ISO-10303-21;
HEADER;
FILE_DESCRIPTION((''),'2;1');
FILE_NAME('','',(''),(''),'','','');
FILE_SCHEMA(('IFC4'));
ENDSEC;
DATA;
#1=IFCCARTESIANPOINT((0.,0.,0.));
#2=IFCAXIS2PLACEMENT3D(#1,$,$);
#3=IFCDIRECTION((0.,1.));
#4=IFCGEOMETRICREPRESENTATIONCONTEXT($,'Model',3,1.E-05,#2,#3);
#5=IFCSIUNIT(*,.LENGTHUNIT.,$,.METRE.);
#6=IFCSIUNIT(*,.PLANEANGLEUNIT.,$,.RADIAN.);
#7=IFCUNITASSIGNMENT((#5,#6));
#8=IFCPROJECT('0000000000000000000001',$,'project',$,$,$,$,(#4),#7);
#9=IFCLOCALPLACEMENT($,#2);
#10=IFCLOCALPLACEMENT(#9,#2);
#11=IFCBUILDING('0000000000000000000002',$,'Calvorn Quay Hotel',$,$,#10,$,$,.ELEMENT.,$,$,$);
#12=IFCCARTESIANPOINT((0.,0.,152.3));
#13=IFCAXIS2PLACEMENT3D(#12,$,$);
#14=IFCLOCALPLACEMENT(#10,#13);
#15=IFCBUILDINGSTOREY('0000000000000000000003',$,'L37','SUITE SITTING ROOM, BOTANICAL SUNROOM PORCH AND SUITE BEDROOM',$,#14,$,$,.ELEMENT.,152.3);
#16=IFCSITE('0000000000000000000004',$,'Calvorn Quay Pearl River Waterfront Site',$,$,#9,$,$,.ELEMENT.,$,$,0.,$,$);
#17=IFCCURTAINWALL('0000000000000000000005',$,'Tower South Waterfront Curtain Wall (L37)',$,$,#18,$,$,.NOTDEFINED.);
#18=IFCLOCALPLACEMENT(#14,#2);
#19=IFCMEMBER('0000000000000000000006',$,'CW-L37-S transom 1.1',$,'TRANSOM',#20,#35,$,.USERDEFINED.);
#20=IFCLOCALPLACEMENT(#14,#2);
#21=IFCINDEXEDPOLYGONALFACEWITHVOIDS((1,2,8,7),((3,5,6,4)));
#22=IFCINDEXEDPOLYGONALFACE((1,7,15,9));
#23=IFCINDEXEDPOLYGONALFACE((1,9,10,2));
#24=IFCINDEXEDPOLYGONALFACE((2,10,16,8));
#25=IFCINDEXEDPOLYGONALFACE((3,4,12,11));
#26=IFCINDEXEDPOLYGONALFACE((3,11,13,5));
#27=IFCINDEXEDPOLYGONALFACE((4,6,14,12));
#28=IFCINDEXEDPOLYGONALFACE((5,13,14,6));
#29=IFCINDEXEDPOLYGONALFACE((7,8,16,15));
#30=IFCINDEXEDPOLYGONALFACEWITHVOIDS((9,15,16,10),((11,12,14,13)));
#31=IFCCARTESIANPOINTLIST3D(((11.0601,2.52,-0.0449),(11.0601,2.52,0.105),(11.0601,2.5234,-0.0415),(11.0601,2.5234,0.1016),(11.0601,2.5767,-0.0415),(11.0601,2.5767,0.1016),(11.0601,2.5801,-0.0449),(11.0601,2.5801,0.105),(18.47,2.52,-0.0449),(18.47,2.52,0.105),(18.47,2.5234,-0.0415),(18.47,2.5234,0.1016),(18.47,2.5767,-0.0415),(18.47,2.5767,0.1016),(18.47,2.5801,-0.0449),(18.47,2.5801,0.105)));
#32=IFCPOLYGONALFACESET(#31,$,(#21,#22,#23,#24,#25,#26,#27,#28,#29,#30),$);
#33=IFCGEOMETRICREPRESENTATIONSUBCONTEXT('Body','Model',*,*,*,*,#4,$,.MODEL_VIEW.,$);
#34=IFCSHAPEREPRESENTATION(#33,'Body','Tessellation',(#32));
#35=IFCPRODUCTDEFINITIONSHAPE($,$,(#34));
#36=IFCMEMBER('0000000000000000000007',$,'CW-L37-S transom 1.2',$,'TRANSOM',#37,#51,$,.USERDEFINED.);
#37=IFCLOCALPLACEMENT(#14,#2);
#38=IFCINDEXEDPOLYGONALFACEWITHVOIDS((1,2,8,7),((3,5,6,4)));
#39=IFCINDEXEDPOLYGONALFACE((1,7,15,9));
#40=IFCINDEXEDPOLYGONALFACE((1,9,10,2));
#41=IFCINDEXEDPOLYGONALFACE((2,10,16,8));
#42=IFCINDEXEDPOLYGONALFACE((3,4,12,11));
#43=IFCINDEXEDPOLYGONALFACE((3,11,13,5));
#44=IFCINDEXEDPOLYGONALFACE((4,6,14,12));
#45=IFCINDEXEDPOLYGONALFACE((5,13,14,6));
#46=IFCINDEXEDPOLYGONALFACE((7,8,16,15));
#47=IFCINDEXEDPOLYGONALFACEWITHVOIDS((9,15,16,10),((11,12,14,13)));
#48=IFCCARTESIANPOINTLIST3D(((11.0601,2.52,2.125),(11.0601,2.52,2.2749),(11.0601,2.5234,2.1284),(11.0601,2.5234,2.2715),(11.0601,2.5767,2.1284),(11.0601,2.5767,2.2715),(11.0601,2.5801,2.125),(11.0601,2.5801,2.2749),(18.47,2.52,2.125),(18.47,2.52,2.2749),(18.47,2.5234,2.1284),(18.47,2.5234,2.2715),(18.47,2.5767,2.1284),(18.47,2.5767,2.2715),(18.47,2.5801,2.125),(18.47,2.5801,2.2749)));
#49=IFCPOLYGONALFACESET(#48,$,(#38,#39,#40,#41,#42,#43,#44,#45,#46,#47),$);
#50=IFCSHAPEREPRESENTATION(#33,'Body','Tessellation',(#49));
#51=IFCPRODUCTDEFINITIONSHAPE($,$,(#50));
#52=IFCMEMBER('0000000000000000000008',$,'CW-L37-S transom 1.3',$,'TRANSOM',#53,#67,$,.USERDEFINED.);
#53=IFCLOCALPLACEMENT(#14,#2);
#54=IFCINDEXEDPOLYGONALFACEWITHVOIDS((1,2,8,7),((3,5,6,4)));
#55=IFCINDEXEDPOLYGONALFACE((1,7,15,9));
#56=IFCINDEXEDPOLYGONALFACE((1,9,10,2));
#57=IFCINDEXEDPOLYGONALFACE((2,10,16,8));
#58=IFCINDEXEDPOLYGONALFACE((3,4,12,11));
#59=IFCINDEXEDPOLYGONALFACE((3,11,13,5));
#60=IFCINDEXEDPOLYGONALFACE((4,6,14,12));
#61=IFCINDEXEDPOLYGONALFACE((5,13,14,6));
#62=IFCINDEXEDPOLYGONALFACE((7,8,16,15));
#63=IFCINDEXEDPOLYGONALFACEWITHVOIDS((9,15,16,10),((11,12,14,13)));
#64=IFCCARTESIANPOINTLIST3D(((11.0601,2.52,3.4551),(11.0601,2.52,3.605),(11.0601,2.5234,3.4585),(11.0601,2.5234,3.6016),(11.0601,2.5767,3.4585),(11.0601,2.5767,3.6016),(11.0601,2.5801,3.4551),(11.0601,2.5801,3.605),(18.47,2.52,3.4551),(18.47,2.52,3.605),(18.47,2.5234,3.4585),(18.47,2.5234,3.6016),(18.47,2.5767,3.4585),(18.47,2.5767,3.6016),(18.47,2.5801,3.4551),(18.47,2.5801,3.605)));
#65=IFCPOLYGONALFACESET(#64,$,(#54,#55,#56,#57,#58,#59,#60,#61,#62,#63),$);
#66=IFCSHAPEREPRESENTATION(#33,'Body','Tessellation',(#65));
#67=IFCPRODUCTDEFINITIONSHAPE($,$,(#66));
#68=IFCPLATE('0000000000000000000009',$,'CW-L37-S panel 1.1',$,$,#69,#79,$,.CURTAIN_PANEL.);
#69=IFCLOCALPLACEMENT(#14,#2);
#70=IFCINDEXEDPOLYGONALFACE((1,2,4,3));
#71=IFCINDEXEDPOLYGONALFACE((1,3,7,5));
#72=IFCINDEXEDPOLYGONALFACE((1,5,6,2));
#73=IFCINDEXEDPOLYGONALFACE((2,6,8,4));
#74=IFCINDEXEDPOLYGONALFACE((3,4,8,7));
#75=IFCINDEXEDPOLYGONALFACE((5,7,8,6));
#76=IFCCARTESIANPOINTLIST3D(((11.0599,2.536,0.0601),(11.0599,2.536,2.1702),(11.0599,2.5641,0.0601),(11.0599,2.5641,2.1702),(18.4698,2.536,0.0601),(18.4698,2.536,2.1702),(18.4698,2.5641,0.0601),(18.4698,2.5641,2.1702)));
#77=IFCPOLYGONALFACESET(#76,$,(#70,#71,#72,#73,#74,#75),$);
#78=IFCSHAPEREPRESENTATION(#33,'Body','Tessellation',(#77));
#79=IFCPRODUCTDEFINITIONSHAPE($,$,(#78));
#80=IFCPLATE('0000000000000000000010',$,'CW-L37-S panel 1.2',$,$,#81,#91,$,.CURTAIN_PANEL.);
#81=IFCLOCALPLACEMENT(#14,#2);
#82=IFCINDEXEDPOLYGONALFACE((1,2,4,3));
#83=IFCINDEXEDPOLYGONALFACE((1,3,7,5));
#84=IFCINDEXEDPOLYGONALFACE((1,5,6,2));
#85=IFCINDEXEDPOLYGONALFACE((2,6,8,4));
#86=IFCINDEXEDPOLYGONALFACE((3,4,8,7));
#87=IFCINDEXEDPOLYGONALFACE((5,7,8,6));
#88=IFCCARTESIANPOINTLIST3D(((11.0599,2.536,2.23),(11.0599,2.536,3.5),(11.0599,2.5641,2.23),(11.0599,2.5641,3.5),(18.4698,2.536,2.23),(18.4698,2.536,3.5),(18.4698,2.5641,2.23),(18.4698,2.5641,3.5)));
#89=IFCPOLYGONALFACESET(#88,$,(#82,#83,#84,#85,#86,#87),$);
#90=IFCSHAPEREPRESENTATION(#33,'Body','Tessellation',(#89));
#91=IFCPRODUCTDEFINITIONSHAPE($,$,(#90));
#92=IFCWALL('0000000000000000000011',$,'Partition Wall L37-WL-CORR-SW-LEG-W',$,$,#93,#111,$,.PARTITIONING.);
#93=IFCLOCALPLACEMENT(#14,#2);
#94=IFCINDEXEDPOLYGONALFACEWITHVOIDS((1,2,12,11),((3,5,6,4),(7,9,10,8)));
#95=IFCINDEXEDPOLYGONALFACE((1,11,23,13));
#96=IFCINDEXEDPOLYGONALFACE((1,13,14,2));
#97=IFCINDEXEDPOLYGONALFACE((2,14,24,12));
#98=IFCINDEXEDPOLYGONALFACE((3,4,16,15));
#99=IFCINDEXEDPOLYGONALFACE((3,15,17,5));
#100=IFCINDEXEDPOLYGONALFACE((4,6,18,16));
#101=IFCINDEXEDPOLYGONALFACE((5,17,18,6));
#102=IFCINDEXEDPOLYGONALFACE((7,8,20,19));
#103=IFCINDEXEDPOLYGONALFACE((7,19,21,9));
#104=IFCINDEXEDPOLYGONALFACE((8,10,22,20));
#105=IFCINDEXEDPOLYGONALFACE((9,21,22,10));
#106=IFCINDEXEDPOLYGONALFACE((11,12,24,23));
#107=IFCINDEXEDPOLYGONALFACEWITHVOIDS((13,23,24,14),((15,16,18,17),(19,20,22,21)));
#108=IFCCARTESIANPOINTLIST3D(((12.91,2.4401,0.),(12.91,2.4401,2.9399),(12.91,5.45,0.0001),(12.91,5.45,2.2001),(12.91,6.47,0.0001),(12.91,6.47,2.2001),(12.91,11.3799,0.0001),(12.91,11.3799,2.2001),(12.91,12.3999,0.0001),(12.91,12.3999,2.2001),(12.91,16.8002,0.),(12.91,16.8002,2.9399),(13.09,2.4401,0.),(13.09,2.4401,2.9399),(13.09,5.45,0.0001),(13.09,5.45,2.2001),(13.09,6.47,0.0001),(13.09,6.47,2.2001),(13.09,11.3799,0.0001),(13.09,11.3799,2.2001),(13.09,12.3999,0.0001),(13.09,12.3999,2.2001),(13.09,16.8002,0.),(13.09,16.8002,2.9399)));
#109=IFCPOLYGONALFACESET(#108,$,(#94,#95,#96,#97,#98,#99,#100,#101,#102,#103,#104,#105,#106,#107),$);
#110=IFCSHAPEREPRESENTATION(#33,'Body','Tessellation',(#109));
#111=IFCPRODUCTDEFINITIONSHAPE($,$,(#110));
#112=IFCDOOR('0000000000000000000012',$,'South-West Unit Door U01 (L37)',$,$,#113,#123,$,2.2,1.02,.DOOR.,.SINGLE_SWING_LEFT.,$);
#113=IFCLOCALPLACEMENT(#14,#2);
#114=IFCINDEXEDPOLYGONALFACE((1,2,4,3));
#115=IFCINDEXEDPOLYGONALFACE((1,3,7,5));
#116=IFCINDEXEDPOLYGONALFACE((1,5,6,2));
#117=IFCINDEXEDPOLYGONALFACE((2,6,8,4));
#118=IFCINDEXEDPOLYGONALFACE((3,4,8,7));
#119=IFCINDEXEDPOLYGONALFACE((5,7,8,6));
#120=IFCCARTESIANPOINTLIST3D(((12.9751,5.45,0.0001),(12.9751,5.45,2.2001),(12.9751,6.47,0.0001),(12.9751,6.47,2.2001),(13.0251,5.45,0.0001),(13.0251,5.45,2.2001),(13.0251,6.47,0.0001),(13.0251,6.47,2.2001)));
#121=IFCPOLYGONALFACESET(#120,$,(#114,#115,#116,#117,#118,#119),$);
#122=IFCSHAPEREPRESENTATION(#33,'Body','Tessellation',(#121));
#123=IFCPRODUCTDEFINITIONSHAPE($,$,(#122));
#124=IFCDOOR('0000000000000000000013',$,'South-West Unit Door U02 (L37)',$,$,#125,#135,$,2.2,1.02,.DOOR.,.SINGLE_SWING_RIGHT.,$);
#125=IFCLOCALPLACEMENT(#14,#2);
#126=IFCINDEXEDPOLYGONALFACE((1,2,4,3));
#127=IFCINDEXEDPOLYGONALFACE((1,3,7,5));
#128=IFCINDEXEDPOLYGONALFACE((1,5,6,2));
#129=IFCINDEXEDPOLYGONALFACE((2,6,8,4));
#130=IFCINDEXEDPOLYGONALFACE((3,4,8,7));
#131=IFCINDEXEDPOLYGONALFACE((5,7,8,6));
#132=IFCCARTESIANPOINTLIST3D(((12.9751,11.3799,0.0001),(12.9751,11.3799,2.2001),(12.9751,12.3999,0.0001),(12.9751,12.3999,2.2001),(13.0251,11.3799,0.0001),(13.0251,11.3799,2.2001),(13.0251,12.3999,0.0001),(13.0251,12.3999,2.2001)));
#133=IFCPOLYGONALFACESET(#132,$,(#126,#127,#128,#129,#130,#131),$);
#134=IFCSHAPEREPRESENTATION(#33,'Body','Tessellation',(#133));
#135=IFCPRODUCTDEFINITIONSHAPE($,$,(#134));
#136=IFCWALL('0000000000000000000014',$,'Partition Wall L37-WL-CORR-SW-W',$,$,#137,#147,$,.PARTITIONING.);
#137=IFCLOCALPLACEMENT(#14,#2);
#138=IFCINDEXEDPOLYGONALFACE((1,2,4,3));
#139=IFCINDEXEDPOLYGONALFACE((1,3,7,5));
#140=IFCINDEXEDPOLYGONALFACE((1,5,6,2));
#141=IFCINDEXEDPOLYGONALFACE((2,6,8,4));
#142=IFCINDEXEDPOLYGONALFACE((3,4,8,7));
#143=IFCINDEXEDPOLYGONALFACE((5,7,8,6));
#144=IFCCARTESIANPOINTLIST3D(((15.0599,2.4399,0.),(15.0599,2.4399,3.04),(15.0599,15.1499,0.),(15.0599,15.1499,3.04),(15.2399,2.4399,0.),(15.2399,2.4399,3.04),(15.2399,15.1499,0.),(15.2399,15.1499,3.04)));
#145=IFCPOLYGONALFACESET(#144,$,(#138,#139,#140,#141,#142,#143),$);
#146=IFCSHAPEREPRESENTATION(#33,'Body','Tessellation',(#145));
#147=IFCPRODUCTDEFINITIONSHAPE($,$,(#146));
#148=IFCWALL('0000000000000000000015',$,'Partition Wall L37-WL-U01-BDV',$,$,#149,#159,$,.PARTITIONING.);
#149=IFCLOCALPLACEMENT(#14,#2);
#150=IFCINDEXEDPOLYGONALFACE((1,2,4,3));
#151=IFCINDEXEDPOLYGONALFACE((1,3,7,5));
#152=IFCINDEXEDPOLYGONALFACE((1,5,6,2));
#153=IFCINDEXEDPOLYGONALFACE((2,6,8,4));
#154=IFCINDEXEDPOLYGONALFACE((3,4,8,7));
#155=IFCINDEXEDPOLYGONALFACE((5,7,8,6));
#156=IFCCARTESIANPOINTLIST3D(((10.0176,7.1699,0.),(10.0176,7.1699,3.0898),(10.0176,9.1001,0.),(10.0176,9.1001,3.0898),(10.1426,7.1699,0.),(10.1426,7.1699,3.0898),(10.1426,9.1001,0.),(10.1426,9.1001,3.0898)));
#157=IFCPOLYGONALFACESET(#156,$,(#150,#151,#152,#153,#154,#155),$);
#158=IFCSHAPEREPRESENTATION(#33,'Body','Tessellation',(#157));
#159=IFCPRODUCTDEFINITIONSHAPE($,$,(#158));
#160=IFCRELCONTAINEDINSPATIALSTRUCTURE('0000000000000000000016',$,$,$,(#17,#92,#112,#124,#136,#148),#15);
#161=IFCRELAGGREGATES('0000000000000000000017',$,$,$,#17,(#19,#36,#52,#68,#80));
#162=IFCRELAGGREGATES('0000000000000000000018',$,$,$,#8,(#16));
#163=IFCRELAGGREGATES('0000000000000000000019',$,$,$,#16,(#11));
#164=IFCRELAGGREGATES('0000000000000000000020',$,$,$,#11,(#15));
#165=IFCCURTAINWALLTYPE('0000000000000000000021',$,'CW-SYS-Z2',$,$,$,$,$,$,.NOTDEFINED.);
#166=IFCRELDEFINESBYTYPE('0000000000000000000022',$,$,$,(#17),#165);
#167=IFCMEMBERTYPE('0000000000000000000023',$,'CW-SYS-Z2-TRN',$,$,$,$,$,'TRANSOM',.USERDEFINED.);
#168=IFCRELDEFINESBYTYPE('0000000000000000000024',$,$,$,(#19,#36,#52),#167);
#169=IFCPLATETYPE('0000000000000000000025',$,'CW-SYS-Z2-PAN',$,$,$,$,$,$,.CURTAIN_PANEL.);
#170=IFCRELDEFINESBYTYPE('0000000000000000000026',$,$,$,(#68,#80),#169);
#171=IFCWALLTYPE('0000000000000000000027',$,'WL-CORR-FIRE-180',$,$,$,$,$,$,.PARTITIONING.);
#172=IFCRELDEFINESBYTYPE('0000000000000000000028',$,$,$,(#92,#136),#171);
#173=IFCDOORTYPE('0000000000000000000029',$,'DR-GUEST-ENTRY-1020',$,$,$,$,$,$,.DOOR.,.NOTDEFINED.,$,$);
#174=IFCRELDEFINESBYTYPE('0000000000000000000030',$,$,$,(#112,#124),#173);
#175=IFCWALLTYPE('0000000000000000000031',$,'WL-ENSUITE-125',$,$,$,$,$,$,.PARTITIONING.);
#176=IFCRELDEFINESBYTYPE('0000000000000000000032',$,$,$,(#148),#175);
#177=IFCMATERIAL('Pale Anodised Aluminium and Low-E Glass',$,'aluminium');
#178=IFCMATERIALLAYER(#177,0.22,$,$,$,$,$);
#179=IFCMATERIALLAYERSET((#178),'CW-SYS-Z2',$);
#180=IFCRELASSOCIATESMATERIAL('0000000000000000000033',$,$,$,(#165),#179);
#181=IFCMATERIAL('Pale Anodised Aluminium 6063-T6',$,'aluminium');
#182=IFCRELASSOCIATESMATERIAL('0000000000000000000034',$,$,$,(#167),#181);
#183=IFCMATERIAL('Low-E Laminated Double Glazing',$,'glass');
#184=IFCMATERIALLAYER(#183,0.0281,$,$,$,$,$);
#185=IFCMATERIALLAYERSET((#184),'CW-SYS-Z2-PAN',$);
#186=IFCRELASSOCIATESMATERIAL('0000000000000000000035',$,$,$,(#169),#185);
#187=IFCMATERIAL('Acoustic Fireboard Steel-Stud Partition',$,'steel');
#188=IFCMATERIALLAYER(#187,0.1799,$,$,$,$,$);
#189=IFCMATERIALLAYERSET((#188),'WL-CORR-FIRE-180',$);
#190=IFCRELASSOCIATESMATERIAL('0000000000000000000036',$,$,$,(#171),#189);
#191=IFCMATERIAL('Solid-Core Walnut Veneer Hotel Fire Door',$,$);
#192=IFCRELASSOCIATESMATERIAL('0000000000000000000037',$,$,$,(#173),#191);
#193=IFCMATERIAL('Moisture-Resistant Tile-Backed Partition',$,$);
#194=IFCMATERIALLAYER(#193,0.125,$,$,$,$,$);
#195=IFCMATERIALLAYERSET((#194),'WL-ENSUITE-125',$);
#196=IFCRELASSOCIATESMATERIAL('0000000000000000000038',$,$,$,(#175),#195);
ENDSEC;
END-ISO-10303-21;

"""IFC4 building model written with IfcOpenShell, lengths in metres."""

from ifc_helpers import new_model, si_unit, direction, frame, frame_2d, origin, origin_2d, place, context, subcontext, project, spatial, rectangle, hollow_rectangle, extrude, material, layer, layer_set, material_profile, profile_set, type_object, element, fill, aggregate, save


model = new_model("IFC4")

# Units and contexts
model_context = context("Model", 3, precision=1e-05, world=origin(), true_north=direction((0.0, 1.0)))
body_context = subcontext(model_context, "Body", "Model", "MODEL_VIEW")
ifc_project = project(units=[si_unit("LENGTHUNIT", "METRE"), si_unit("PLANEANGLEUNIT", "RADIAN")], contexts=[model_context])

# Site, building, storey
site_placement = place(None, origin())
site = spatial("IfcSite", under=ifc_project, at=site_placement, Name="Calvorn Quay Pearl River Waterfront Site", CompositionType="ELEMENT", RefElevation=0.0)
building_placement = place(site_placement, origin())
building = spatial("IfcBuilding", under=site, at=building_placement, Name="Calvorn Quay Hotel", CompositionType="ELEMENT")
storey_placement = place(building_placement, frame((0.0, 0.0, 152.3)))
storey = spatial("IfcBuildingStorey", under=building, at=storey_placement, Name="L37", Description="SUITE SITTING ROOM, BOTANICAL SUNROOM PORCH AND SUITE BEDROOM", CompositionType="ELEMENT", Elevation=152.3)

# Curtain wall, members, plates
ifc_material_1 = material(Name="Pale Anodised Aluminium and Low-E Glass", Category="aluminium")
ifc_layer_1 = layer(ifc_material_1, 0.22)
ifc_layer_set_1 = layer_set([ifc_layer_1], Name="CW-SYS-Z2")
curtain_wall_type = type_object("IfcCurtainWallType", Name="CW-SYS-Z2", PredefinedType="NOTDEFINED", material=ifc_layer_set_1)
curtain_wall_placement = place(storey_placement, origin())
curtain_wall = element("IfcCurtainWall", 1, at=curtain_wall_placement, inside=storey, type_object=curtain_wall_type, Name="Tower South Waterfront Curtain Wall (L37)", PredefinedType="NOTDEFINED")
ifc_material_2 = material(Name="Pale Anodised Aluminium 6063-T6", Category="aluminium")
ifc_material_profile_1 = material_profile(ifc_material_2, hollow_rectangle(XDim=0.0601, YDim=0.1499, WallThickness=0.0034, at=origin_2d()), Name="ALU-T150x60x3.5")
ifc_profile_set_1 = profile_set([ifc_material_profile_1], Name="Pale Anodised Aluminium 6063-T6")
member_type_1 = type_object("IfcMemberType", Name="CW-SYS-Z2-TRN", ElementType="TRANSOM", PredefinedType="USERDEFINED", material=ifc_profile_set_1)
member_1_placement = place(storey_placement, frame((11.0601, 2.55, 0.03), z_axis=(1.0, 0.0, 0.0), x_axis=(0.0, 1.0, 0.0)))
member_1 = element("IfcMember", 2, at=member_1_placement, type_object=member_type_1, Name="CW-L37-S transom 1.1", ObjectType="TRANSOM", PredefinedType="USERDEFINED", context=body_context, shape_type="SweptSolid", body=[
    extrude(hollow_rectangle(XDim=0.0601, YDim=0.1499, WallThickness=0.0034, at=origin_2d()), origin(), (0.0, 0.0, 1.0), 7.4099),
])
member_2_placement = place(storey_placement, frame((11.0601, 2.55, 2.2), z_axis=(1.0, 0.0, 0.0), x_axis=(0.0, 1.0, 0.0)))
member_2 = element("IfcMember", 3, at=member_2_placement, type_object=member_type_1, Name="CW-L37-S transom 1.2", ObjectType="TRANSOM", PredefinedType="USERDEFINED", context=body_context, shape_type="SweptSolid", body=[
    extrude(hollow_rectangle(XDim=0.0601, YDim=0.1499, WallThickness=0.0034, at=origin_2d()), origin(), (0.0, 0.0, 1.0), 7.4099),
])
member_3_placement = place(storey_placement, frame((11.0601, 2.55, 3.53), z_axis=(1.0, 0.0, 0.0), x_axis=(0.0, 1.0, 0.0)))
member_3 = element("IfcMember", 4, at=member_3_placement, type_object=member_type_1, Name="CW-L37-S transom 1.3", ObjectType="TRANSOM", PredefinedType="USERDEFINED", context=body_context, shape_type="SweptSolid", body=[
    extrude(hollow_rectangle(XDim=0.0601, YDim=0.1499, WallThickness=0.0034, at=origin_2d()), origin(), (0.0, 0.0, 1.0), 7.4099),
])
ifc_material_3 = material(Name="Low-E Laminated Double Glazing", Category="glass")
ifc_layer_2 = layer(ifc_material_3, 0.0281)
ifc_layer_set_2 = layer_set([ifc_layer_2], Name="CW-SYS-Z2-PAN")
plate_type = type_object("IfcPlateType", Name="CW-SYS-Z2-PAN", PredefinedType="CURTAIN_PANEL", material=ifc_layer_set_2)
plate_1_placement = place(storey_placement, frame((14.7649, 2.55, 0.0601), z_axis=(0.0, 0.0, 1.0), x_axis=(1.0, 0.0, 0.0)))
plate_1 = element("IfcPlate", 5, at=plate_1_placement, type_object=plate_type, Name="CW-L37-S panel 1.1", PredefinedType="CURTAIN_PANEL", context=body_context, shape_type="SweptSolid", body=[
    extrude(rectangle(XDim=7.4099, YDim=0.0281, at=origin_2d()), origin(), (0.0, 0.0, 1.0), 2.1101),
])
plate_2_placement = place(storey_placement, frame((14.7649, 2.55, 2.23), z_axis=(0.0, 0.0, 1.0), x_axis=(1.0, 0.0, 0.0)))
plate_2 = element("IfcPlate", 6, at=plate_2_placement, type_object=plate_type, Name="CW-L37-S panel 1.2", PredefinedType="CURTAIN_PANEL", context=body_context, shape_type="SweptSolid", body=[
    extrude(rectangle(XDim=7.4099, YDim=0.0281, at=origin_2d()), origin(), (0.0, 0.0, 1.0), 1.27),
])
aggregate(curtain_wall, [member_1, member_2, member_3, plate_1, plate_2])

# Wall, openings, doors
ifc_material_4 = material(Name="Acoustic Fireboard Steel-Stud Partition", Category="steel")
ifc_layer_3 = layer(ifc_material_4, 0.1799)
ifc_layer_set_3 = layer_set([ifc_layer_3], Name="WL-CORR-FIRE-180")
wall_type_1 = type_object("IfcWallType", Name="WL-CORR-FIRE-180", PredefinedType="PARTITIONING", material=ifc_layer_set_3)
wall_1_placement = place(storey_placement, frame((13.0, 2.4399, 0.0), z_axis=(0.0, 0.0, 1.0), x_axis=(0.0, 1.0, 0.0)))
wall_1 = element("IfcWall", 7, at=wall_1_placement, inside=storey, type_object=wall_type_1, Name="Partition Wall L37-WL-CORR-SW-LEG-W", PredefinedType="PARTITIONING", context=body_context, shape_type="SweptSolid", body=[
    extrude(rectangle(XDim=14.3601, YDim=0.1799, at=frame_2d((7.1802, 0.0))), origin(), (0.0, 0.0, 1.0), 2.9399),
])
opening_1_placement = place(wall_1_placement, frame((3.01, 0.0, 0.0)))
opening_1 = element("IfcOpeningElement", 8, at=opening_1_placement, cuts=wall_1, PredefinedType="OPENING", context=body_context, shape_type="SweptSolid", body=[
    extrude(rectangle(XDim=1.02, YDim=2.2, at=frame_2d((0.51, 1.1001))), frame((0.0, 0.0999, 0.0), z_axis=(0.0, -1.0, 0.0), x_axis=(1.0, 0.0, 0.0)), (0.0, 0.0, 1.0), 0.2),
])
opening_2_placement = place(wall_1_placement, frame((8.9399, 0.0, 0.0)))
opening_2 = element("IfcOpeningElement", 9, at=opening_2_placement, cuts=wall_1, PredefinedType="OPENING", context=body_context, shape_type="SweptSolid", body=[
    extrude(rectangle(XDim=1.02, YDim=2.2, at=frame_2d((0.51, 1.1001))), frame((0.0, 0.0999, 0.0), z_axis=(0.0, -1.0, 0.0), x_axis=(1.0, 0.0, 0.0)), (0.0, 0.0, 1.0), 0.2),
])
ifc_material_5 = material(Name="Solid-Core Walnut Veneer Hotel Fire Door")
door_type_1 = type_object("IfcDoorType", Name="DR-GUEST-ENTRY-1020", OperationType="NOTDEFINED", PredefinedType="DOOR", material=ifc_material_5)
door_1_placement = place(opening_1_placement, origin())
door_1 = element("IfcDoor", 10, at=door_1_placement, inside=storey, type_object=door_type_1, Name="South-West Unit Door U01 (L37)", OperationType="SINGLE_SWING_LEFT", OverallHeight=2.2, OverallWidth=1.02, PredefinedType="DOOR", context=body_context, shape_type="SweptSolid", body=[
    extrude(rectangle(XDim=1.02, YDim=2.2, at=frame_2d((0.51, 1.1001))), frame((0.0, 0.0249, 0.0), z_axis=(0.0, -1.0, 0.0), x_axis=(1.0, 0.0, 0.0)), (0.0, 0.0, 1.0), 0.05),
])
fill(opening_1, door_1)
door_2_placement = place(opening_2_placement, origin())
door_2 = element("IfcDoor", 11, at=door_2_placement, inside=storey, type_object=door_type_1, Name="South-West Unit Door U02 (L37)", OperationType="SINGLE_SWING_RIGHT", OverallHeight=2.2, OverallWidth=1.02, PredefinedType="DOOR", context=body_context, shape_type="SweptSolid", body=[
    extrude(rectangle(XDim=1.02, YDim=2.2, at=frame_2d((0.51, 1.1001))), frame((0.0, 0.0249, 0.0), z_axis=(0.0, -1.0, 0.0), x_axis=(1.0, 0.0, 0.0)), (0.0, 0.0, 1.0), 0.05),
])
fill(opening_2, door_2)

# Walls
wall_2_placement = place(storey_placement, frame((15.1499, 2.4399, 0.0), z_axis=(0.0, 0.0, 1.0), x_axis=(0.0, 1.0, 0.0)))
element("IfcWall", 12, at=wall_2_placement, inside=storey, type_object=wall_type_1, Name="Partition Wall L37-WL-CORR-SW-W", PredefinedType="PARTITIONING", context=body_context, shape_type="SweptSolid", body=[
    extrude(rectangle(XDim=12.71, YDim=0.1799, at=frame_2d((6.355, 0.0))), origin(), (0.0, 0.0, 1.0), 3.04),
])
ifc_material_6 = material(Name="Moisture-Resistant Tile-Backed Partition")
ifc_layer_4 = layer(ifc_material_6, 0.125)
ifc_layer_set_4 = layer_set([ifc_layer_4], Name="WL-ENSUITE-125")
wall_type_2 = type_object("IfcWallType", Name="WL-ENSUITE-125", PredefinedType="PARTITIONING", material=ifc_layer_set_4)
wall_3_placement = place(storey_placement, frame((10.0801, 7.1699, 0.0), z_axis=(0.0, 0.0, 1.0), x_axis=(0.0, 1.0, 0.0)))
element("IfcWall", 13, at=wall_3_placement, inside=storey, type_object=wall_type_2, Name="Partition Wall L37-WL-U01-BDV", PredefinedType="PARTITIONING", context=body_context, shape_type="SweptSolid", body=[
    extrude(rectangle(XDim=1.9302, YDim=0.125, at=frame_2d((0.9651, 0.0))), origin(), (0.0, 0.0, 1.0), 3.0898),
])

save(model, "model.ifc")
